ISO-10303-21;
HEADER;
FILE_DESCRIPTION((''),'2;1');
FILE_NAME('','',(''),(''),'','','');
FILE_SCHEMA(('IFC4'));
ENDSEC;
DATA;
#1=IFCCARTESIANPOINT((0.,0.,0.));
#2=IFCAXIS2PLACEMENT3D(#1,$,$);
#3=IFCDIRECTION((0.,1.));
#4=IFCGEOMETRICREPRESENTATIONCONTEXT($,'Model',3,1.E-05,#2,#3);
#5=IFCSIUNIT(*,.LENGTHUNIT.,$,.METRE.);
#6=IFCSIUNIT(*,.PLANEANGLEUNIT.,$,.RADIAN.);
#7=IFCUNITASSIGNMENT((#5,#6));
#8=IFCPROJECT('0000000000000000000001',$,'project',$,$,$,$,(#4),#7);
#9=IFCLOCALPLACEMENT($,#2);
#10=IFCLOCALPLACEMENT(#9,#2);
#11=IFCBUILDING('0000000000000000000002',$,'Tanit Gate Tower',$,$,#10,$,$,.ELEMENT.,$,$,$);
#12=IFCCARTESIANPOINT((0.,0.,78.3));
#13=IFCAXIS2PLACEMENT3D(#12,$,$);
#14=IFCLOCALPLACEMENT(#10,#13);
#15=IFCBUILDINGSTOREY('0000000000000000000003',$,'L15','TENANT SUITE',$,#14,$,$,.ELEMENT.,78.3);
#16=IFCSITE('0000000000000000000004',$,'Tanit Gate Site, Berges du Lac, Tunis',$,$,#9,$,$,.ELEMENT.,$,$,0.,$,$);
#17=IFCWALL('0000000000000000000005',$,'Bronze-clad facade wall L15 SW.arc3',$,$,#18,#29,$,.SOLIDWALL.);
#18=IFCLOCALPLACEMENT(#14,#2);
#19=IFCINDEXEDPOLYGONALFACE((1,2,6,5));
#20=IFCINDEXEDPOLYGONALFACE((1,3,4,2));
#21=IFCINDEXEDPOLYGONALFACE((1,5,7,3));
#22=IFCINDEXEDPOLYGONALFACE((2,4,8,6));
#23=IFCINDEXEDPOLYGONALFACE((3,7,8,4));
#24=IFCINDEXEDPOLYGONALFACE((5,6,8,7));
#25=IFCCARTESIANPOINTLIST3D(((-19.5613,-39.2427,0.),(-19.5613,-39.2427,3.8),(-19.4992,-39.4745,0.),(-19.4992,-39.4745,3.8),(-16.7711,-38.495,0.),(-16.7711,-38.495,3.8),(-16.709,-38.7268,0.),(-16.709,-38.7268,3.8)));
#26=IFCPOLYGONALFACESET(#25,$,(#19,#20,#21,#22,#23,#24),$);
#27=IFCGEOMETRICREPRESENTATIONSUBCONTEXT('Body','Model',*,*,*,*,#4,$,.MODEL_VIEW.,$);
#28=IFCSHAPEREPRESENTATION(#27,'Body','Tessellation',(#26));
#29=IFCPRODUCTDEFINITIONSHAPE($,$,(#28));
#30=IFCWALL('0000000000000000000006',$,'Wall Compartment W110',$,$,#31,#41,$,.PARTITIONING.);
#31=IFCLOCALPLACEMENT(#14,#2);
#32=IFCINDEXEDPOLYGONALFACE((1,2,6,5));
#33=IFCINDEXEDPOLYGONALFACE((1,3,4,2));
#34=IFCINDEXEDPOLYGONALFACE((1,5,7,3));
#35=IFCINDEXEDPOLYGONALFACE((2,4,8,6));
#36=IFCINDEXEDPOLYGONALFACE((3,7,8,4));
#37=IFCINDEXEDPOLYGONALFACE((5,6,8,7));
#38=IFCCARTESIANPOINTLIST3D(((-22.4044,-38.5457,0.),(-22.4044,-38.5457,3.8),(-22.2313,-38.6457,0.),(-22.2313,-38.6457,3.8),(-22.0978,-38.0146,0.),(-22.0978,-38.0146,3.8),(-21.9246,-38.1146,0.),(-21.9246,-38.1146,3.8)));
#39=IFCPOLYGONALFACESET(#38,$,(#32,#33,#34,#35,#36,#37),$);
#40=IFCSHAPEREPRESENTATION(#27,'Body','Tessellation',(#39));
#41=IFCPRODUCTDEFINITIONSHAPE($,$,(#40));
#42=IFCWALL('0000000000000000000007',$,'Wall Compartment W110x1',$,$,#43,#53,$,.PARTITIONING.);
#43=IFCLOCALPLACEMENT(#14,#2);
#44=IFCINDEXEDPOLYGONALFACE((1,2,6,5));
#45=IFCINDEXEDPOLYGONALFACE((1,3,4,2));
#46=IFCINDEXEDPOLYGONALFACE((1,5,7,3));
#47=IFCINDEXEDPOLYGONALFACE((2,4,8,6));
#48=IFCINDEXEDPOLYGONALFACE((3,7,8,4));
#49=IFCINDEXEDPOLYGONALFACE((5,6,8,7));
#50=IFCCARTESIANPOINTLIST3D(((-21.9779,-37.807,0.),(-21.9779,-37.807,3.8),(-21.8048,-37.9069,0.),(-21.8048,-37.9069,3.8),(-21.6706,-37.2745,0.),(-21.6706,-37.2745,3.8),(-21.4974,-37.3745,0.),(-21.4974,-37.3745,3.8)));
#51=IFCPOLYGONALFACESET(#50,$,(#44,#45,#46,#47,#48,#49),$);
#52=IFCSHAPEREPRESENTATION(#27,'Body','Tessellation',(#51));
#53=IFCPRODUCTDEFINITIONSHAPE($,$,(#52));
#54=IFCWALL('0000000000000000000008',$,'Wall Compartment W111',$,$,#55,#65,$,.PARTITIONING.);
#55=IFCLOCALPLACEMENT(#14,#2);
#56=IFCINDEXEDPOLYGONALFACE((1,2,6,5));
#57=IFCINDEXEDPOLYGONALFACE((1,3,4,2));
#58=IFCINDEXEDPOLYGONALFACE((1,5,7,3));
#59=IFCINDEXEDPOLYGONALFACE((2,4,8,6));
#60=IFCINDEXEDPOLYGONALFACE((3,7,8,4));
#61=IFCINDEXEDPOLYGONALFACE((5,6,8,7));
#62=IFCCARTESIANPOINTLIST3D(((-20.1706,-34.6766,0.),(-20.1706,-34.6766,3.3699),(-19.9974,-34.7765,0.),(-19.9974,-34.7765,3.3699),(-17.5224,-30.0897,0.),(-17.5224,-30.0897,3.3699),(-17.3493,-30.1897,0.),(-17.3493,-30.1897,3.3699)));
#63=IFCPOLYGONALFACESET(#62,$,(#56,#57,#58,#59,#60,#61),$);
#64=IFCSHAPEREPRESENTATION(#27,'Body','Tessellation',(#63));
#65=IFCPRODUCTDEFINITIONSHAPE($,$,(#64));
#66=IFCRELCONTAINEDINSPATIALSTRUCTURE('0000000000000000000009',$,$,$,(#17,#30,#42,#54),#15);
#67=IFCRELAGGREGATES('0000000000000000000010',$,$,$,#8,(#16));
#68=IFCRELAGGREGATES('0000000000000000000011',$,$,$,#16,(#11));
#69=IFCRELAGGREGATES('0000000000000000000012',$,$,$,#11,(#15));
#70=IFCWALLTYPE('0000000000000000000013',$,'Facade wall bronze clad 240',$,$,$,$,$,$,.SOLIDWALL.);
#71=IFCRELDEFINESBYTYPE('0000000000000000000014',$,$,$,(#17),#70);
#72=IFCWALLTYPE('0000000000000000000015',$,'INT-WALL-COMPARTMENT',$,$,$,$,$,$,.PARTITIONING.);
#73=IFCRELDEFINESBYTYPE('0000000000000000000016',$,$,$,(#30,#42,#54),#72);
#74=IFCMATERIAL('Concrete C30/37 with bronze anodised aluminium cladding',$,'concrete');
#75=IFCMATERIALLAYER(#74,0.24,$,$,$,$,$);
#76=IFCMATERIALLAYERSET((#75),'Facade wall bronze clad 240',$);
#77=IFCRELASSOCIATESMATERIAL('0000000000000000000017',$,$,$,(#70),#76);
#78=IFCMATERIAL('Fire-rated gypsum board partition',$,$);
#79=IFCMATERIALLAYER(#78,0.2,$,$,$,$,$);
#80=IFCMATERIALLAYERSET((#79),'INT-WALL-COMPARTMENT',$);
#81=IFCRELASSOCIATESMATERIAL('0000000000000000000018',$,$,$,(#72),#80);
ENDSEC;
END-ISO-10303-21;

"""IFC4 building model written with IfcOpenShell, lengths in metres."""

from ifc_helpers import new_model, si_unit, direction, frame, frame_2d, origin, place, context, subcontext, project, spatial, rectangle, extrude, material, layer, layer_set, type_object, element, save


model = new_model("IFC4")

# Units and contexts
model_context = context("Model", 3, precision=1e-05, world=origin(), true_north=direction((0.0, 1.0)))
body_context = subcontext(model_context, "Body", "Model", "MODEL_VIEW")
ifc_project = project(units=[si_unit("LENGTHUNIT", "METRE"), si_unit("PLANEANGLEUNIT", "RADIAN")], contexts=[model_context])

# Site, building, storey
site_placement = place(None, origin())
site = spatial("IfcSite", under=ifc_project, at=site_placement, Name="Tanit Gate Site, Berges du Lac, Tunis", CompositionType="ELEMENT", RefElevation=0.0)
building_placement = place(site_placement, origin())
building = spatial("IfcBuilding", under=site, at=building_placement, Name="Tanit Gate Tower", CompositionType="ELEMENT")
storey_placement = place(building_placement, frame((0.0, 0.0, 78.3)))
storey = spatial("IfcBuildingStorey", under=building, at=storey_placement, Name="L15", Description="TENANT SUITE", CompositionType="ELEMENT", Elevation=78.3)

# Walls
ifc_material_1 = material(Name="Concrete C30/37 with bronze anodised aluminium cladding", Category="concrete")
ifc_layer_1 = layer(ifc_material_1, 0.24)
ifc_layer_set_1 = layer_set([ifc_layer_1], Name="Facade wall bronze clad 240")
wall_type_1 = type_object("IfcWallType", Name="Facade wall bronze clad 240", PredefinedType="SOLIDWALL", material=ifc_layer_set_1)
wall_1_placement = place(storey_placement, frame((-19.5303, -39.3586, 0.0), z_axis=(0.0, 0.0, 1.0), x_axis=(0.965913, 0.258867, 0.0)))
element("IfcWall", 1, at=wall_1_placement, inside=storey, type_object=wall_type_1, Name="Bronze-clad facade wall L15 SW.arc3", PredefinedType="SOLIDWALL", context=body_context, shape_type="SweptSolid", body=[
    extrude(rectangle(XDim=2.8887, YDim=0.24, at=frame_2d((1.4443, 0.0))), origin(), (0.0, 0.0, 1.0), 3.8),
])
ifc_material_2 = material(Name="Fire-rated gypsum board partition")
ifc_layer_2 = layer(ifc_material_2, 0.2)
ifc_layer_set_2 = layer_set([ifc_layer_2], Name="INT-WALL-COMPARTMENT")
wall_type_2 = type_object("IfcWallType", Name="INT-WALL-COMPARTMENT", PredefinedType="PARTITIONING", material=ifc_layer_set_2)
wall_2_placement = place(storey_placement, frame((-22.3179, -38.5957, 0.0), z_axis=(0.0, 0.0, 1.0), x_axis=(0.500079, 0.86598, 0.0)))
element("IfcWall", 2, at=wall_2_placement, inside=storey, type_object=wall_type_2, Name="Wall Compartment W110", PredefinedType="PARTITIONING", context=body_context, shape_type="SweptSolid", body=[
    extrude(rectangle(XDim=0.6133, YDim=0.2, at=frame_2d((0.3066, 0.0))), origin(), (0.0, 0.0, 1.0), 3.8),
])
wall_3_placement = place(storey_placement, frame((-21.8914, -37.8569, 0.0), z_axis=(0.0, 0.0, 1.0), x_axis=(0.49994, 0.86606, 0.0)))
element("IfcWall", 3, at=wall_3_placement, inside=storey, type_object=wall_type_2, Name="Wall Compartment W110x1", PredefinedType="PARTITIONING", context=body_context, shape_type="SweptSolid", body=[
    extrude(rectangle(XDim=0.6147, YDim=0.2, at=frame_2d((0.3074, 0.0))), origin(), (0.0, 0.0, 1.0), 3.8),
])
wall_4_placement = place(storey_placement, frame((-20.084, -34.7266, 0.0), z_axis=(0.0, 0.0, 1.0), x_axis=(0.499991, 0.866031, 0.0)))
element("IfcWall", 4, at=wall_4_placement, inside=storey, type_object=wall_type_2, Name="Wall Compartment W111", PredefinedType="PARTITIONING", context=body_context, shape_type="SweptSolid", body=[
    extrude(rectangle(XDim=5.2964, YDim=0.2, at=frame_2d((2.6482, 0.0))), origin(), (0.0, 0.0, 1.0), 3.3699),
])

save(model, "model.ifc")
